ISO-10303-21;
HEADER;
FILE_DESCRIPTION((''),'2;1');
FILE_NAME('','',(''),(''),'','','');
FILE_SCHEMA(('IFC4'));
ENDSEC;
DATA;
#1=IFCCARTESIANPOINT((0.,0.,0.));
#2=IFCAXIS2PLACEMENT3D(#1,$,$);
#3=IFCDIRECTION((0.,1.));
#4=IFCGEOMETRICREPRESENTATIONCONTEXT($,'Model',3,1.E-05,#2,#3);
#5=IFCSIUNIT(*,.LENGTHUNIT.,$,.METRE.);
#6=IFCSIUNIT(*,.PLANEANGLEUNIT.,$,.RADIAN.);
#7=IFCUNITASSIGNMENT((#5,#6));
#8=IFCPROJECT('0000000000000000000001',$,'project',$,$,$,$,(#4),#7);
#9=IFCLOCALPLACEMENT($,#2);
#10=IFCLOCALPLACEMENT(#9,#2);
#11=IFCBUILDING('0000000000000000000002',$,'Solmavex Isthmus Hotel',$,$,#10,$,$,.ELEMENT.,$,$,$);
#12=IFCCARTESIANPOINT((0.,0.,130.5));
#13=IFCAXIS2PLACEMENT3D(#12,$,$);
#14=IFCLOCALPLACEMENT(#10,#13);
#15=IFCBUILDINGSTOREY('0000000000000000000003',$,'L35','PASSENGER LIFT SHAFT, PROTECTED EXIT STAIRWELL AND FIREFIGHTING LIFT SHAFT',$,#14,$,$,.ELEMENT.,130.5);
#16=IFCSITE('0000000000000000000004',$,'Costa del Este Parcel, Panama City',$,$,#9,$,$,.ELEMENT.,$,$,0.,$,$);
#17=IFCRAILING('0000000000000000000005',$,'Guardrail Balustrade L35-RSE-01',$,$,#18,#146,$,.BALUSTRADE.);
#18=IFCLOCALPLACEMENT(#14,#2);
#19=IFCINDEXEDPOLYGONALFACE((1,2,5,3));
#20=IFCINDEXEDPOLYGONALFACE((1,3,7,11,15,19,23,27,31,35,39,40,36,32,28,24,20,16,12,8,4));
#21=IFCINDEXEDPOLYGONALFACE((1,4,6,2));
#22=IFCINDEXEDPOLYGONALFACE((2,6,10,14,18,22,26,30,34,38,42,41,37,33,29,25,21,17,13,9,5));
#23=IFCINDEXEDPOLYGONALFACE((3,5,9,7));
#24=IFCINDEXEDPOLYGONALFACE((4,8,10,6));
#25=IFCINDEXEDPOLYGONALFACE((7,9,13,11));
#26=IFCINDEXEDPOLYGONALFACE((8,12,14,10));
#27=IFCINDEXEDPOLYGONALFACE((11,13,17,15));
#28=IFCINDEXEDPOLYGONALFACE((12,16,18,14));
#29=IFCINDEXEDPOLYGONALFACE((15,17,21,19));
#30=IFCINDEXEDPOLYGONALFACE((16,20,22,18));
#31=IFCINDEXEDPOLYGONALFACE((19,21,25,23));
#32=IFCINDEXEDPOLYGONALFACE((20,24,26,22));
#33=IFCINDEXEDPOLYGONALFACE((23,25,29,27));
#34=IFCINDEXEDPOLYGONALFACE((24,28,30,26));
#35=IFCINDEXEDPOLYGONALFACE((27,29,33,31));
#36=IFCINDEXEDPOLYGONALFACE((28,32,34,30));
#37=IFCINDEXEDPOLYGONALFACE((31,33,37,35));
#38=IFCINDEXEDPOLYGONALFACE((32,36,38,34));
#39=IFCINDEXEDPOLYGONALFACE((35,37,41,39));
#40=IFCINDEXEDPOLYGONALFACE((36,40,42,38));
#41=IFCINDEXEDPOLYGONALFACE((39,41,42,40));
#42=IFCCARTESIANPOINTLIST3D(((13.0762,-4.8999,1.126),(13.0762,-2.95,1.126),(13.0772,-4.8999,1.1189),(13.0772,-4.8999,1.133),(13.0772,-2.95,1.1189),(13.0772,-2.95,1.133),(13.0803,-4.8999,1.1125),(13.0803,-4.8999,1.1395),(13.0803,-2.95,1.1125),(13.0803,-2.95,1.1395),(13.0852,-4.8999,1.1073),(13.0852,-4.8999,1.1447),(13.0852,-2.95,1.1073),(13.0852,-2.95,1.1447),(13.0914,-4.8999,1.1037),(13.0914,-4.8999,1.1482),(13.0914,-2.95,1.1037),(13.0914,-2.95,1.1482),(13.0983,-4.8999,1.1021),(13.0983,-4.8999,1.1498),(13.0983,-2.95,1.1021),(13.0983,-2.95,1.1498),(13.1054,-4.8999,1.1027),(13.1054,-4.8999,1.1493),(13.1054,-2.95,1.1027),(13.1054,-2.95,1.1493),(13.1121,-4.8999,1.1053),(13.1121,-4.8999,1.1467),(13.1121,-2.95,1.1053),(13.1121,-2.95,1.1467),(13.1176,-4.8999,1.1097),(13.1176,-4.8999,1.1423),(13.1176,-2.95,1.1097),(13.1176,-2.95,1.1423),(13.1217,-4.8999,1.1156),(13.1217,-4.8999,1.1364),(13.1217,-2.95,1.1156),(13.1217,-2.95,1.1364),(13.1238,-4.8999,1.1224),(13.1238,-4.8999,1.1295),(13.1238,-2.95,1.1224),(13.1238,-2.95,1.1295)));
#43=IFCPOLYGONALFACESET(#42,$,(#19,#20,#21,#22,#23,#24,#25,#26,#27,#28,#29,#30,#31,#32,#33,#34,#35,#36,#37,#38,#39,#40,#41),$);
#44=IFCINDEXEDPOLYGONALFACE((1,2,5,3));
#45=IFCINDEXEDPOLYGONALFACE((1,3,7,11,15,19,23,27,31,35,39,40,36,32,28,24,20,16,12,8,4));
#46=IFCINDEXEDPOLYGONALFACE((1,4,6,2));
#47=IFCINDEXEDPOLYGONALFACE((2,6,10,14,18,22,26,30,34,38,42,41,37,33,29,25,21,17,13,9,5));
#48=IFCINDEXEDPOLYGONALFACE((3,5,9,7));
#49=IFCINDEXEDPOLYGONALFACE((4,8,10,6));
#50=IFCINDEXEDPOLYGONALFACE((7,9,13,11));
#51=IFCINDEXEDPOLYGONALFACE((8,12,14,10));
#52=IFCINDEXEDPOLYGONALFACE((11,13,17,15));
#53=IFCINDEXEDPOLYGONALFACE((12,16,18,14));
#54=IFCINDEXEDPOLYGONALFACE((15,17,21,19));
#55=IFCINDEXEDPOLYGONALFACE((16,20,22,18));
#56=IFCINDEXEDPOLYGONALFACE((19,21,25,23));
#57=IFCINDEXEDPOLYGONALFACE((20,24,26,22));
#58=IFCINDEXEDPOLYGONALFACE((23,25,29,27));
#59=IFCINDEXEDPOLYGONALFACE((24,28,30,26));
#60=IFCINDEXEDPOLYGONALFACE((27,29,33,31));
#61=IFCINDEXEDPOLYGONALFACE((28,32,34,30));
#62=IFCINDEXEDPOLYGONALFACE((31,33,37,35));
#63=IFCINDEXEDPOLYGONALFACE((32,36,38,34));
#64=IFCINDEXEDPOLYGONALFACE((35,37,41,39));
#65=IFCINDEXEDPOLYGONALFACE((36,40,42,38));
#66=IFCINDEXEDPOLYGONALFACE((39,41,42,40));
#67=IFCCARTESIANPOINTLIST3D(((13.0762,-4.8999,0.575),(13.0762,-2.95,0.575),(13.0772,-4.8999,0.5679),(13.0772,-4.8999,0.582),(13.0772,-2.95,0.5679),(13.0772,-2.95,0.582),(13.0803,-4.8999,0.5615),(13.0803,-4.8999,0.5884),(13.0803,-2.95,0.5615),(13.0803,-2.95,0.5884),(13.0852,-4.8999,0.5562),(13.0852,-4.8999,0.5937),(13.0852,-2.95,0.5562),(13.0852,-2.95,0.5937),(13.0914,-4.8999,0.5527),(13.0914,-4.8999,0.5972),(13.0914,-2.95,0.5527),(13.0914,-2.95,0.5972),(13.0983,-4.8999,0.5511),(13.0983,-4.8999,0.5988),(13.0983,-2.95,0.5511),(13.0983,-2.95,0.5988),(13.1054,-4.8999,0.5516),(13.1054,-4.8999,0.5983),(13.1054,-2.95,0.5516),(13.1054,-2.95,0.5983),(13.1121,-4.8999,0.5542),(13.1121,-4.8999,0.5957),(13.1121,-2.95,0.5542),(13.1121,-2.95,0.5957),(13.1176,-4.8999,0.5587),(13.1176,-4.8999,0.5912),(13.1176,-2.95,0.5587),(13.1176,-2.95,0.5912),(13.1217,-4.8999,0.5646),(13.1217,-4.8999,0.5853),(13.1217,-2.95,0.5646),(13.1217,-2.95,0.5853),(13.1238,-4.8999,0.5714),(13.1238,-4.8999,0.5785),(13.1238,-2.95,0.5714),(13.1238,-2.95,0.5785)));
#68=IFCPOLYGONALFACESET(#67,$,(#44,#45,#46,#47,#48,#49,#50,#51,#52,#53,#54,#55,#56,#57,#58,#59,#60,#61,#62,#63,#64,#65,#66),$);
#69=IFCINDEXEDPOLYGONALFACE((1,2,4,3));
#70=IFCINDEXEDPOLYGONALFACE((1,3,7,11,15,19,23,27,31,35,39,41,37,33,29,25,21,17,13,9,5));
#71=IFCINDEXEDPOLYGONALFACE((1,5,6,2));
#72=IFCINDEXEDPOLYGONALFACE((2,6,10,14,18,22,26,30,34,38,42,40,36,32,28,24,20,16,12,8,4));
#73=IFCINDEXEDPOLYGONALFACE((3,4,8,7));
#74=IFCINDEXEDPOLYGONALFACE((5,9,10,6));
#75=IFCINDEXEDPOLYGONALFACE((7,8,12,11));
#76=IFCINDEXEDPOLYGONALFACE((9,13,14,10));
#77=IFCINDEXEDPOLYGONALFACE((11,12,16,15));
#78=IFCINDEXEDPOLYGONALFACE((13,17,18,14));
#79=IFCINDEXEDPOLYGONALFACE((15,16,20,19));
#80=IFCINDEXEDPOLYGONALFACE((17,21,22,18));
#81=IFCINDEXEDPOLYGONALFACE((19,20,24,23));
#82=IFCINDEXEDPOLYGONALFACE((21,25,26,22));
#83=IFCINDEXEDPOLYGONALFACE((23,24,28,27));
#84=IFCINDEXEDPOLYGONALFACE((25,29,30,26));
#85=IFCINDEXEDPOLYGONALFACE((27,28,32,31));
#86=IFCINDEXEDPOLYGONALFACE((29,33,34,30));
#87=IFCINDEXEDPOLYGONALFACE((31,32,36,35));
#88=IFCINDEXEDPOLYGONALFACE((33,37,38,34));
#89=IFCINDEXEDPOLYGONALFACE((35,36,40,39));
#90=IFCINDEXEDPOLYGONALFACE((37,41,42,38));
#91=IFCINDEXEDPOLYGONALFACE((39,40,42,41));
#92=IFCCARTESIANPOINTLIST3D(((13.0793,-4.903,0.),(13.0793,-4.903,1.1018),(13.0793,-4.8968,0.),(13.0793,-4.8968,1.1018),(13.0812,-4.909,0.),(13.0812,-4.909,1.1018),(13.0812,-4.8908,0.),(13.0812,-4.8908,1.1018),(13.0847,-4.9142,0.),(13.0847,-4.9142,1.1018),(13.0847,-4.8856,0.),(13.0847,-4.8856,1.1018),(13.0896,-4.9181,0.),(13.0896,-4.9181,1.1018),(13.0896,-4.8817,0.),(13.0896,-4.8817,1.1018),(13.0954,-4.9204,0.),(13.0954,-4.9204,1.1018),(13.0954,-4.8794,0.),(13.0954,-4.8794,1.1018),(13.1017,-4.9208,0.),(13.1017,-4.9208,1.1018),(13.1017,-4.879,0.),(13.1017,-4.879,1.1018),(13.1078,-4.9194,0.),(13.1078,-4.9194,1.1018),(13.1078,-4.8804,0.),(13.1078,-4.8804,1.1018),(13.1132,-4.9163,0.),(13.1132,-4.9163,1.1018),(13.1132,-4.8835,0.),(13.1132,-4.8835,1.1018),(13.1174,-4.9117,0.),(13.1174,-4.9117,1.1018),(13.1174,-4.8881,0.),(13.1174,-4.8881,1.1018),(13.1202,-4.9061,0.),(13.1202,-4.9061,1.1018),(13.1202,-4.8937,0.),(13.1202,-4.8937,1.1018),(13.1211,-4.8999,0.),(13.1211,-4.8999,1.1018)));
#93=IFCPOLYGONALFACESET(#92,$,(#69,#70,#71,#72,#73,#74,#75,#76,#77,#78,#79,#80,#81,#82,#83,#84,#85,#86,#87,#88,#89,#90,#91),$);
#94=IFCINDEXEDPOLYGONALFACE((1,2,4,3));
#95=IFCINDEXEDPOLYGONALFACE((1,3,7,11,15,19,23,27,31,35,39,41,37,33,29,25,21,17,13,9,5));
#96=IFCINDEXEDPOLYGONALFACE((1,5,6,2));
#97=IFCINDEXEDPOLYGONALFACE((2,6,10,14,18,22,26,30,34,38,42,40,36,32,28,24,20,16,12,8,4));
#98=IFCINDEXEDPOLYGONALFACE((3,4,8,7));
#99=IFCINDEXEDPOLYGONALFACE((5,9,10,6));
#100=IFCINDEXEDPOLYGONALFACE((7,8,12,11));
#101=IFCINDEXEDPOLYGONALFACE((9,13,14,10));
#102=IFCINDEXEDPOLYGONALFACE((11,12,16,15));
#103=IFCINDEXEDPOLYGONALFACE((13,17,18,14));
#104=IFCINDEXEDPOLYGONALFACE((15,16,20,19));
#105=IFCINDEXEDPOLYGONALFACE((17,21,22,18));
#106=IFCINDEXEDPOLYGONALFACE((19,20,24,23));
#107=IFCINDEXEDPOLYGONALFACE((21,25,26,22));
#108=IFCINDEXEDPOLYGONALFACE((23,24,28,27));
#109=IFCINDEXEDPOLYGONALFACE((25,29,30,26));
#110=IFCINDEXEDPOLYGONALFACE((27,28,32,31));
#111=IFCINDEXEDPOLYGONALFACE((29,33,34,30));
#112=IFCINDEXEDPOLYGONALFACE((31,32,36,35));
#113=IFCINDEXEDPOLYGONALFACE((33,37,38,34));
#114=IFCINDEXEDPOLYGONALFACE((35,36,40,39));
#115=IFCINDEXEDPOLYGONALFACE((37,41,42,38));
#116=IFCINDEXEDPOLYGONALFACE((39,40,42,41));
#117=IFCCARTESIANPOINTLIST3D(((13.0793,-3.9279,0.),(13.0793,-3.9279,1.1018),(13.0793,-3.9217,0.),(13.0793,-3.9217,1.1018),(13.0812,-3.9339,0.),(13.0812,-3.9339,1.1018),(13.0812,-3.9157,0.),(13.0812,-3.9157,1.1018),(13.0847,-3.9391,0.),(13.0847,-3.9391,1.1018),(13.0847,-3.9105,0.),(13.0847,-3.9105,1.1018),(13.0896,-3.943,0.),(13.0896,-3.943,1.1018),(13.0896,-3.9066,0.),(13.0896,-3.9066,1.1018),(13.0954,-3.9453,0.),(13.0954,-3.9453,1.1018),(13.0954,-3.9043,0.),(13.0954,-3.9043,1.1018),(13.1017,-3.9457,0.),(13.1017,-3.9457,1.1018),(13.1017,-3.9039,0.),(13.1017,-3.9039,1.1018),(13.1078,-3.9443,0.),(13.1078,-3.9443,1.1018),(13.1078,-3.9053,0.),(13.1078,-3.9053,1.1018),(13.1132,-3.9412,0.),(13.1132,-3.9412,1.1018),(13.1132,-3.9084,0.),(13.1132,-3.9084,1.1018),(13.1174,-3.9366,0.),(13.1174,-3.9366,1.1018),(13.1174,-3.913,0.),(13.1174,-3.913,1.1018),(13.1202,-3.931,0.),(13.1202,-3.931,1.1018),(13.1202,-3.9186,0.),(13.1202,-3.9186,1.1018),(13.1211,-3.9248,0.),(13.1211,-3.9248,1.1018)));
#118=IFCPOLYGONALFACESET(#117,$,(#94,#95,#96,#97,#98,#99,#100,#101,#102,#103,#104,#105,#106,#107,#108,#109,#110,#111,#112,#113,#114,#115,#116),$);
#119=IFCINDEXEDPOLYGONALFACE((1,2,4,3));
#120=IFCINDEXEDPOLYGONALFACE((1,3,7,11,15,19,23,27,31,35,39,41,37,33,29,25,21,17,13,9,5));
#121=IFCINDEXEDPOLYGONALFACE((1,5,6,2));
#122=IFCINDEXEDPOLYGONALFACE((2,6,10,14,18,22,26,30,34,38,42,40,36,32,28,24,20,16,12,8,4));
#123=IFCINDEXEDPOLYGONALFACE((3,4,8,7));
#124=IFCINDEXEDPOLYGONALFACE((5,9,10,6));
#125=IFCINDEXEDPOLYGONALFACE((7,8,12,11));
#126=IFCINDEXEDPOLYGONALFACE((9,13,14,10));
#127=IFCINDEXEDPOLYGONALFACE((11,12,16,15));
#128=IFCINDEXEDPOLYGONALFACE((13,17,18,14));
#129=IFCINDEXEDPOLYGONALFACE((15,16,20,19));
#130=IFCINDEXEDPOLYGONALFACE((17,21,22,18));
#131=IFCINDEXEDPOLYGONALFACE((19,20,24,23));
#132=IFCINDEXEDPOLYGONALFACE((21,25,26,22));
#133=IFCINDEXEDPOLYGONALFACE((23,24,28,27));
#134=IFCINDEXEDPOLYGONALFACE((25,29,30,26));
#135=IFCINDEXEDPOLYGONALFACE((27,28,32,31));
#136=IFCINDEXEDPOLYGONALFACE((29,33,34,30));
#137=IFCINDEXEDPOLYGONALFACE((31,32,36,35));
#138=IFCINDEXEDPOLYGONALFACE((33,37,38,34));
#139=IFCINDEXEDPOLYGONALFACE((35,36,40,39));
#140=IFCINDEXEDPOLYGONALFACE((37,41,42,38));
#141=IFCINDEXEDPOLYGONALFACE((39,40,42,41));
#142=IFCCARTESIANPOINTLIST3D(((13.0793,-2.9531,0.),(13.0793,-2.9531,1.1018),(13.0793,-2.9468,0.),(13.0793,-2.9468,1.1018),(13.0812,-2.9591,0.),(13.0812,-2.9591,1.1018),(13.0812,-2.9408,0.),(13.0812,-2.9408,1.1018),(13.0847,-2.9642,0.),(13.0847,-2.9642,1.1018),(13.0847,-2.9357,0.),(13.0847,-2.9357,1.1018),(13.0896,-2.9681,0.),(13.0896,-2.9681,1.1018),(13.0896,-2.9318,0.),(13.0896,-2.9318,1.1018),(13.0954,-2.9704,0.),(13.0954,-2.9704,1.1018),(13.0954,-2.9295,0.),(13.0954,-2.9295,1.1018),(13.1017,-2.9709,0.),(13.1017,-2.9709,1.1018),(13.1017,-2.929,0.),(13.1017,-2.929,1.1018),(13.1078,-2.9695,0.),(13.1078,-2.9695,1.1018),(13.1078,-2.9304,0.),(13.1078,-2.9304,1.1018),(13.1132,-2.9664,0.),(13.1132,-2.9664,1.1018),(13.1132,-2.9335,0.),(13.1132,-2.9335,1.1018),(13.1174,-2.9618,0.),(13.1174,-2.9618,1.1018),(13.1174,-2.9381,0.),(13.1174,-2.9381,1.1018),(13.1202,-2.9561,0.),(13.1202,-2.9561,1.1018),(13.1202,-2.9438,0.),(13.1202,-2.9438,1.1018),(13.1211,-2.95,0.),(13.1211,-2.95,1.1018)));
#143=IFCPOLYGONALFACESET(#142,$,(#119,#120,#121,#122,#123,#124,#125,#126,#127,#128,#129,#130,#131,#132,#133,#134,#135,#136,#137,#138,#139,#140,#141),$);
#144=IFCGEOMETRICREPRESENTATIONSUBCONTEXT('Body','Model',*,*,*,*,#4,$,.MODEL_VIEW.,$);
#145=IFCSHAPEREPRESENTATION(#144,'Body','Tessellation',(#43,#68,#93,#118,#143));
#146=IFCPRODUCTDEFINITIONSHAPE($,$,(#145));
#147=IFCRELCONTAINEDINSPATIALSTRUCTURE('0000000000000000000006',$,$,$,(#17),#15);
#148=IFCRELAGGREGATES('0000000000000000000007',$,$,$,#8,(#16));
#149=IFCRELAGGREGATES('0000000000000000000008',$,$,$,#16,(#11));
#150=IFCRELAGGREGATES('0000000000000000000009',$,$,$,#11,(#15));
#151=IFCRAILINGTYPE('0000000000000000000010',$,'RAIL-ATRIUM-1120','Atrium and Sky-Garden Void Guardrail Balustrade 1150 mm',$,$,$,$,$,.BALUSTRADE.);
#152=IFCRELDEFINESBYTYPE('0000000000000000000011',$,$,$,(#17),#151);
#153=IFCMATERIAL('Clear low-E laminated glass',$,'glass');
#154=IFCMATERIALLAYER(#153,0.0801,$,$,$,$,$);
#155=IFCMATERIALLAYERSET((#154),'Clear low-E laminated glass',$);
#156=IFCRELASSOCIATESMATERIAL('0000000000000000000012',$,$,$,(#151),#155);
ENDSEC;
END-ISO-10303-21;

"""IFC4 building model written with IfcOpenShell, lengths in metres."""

from ifc_helpers import new_model, si_unit, direction, frame, origin, origin_2d, place, context, subcontext, project, spatial, circle, extrude, material, layer, layer_set, type_object, element, save


model = new_model("IFC4")

# Units and contexts
model_context = context("Model", 3, precision=1e-05, world=origin(), true_north=direction((0.0, 1.0)))
body_context = subcontext(model_context, "Body", "Model", "MODEL_VIEW")
ifc_project = project(units=[si_unit("LENGTHUNIT", "METRE"), si_unit("PLANEANGLEUNIT", "RADIAN")], contexts=[model_context])

# Site, building, storey
site_placement = place(None, origin())
site = spatial("IfcSite", under=ifc_project, at=site_placement, Name="Costa del Este Parcel, Panama City", CompositionType="ELEMENT", RefElevation=0.0)
building_placement = place(site_placement, origin())
building = spatial("IfcBuilding", under=site, at=building_placement, Name="Solmavex Isthmus Hotel", CompositionType="ELEMENT")
storey_placement = place(building_placement, frame((0.0, 0.0, 130.5)))
storey = spatial("IfcBuildingStorey", under=building, at=storey_placement, Name="L35", Description="PASSENGER LIFT SHAFT, PROTECTED EXIT STAIRWELL AND FIREFIGHTING LIFT SHAFT", CompositionType="ELEMENT", Elevation=130.5)

# Railing
ifc_material_1 = material(Name="Clear low-E laminated glass", Category="glass")
ifc_layer_1 = layer(ifc_material_1, 0.0801)
ifc_layer_set_1 = layer_set([ifc_layer_1], Name="Clear low-E laminated glass")
railing_type_1 = type_object("IfcRailingType", Name="RAIL-ATRIUM-1120", Description="Atrium and Sky-Garden Void Guardrail Balustrade 1150 mm", PredefinedType="BALUSTRADE", material=ifc_layer_set_1)
railing_1_placement = place(storey_placement, frame((13.1001, -4.8999, 0.0)))
element("IfcRailing", 1, at=railing_1_placement, inside=storey, type_object=railing_type_1, Name="Guardrail Balustrade L35-RSE-01", PredefinedType="BALUSTRADE", context=body_context, shape_type="SweptSolid", body=[
    extrude(circle(Radius=0.0239, at=origin_2d()), frame((0.0, 0.0, 1.126), z_axis=(0.0, 1.0, 0.0), x_axis=(-1.0, 0.0, 0.0)), (0.0, 0.0, 1.0), 1.95),
    extrude(circle(Radius=0.0239, at=origin_2d()), frame((0.0, 0.0, 0.575), z_axis=(0.0, 1.0, 0.0), x_axis=(-1.0, 0.0, 0.0)), (0.0, 0.0, 1.0), 1.95),
    extrude(circle(Radius=0.021, at=origin_2d()), origin(), (0.0, 0.0, 1.0), 1.1018),
    extrude(circle(Radius=0.021, at=origin_2d()), frame((0.0, 0.9751, 0.0)), (0.0, 0.0, 1.0), 1.1018),
    extrude(circle(Radius=0.021, at=origin_2d()), frame((0.0, 1.95, 0.0)), (0.0, 0.0, 1.0), 1.1018),
])

save(model, "model.ifc")
